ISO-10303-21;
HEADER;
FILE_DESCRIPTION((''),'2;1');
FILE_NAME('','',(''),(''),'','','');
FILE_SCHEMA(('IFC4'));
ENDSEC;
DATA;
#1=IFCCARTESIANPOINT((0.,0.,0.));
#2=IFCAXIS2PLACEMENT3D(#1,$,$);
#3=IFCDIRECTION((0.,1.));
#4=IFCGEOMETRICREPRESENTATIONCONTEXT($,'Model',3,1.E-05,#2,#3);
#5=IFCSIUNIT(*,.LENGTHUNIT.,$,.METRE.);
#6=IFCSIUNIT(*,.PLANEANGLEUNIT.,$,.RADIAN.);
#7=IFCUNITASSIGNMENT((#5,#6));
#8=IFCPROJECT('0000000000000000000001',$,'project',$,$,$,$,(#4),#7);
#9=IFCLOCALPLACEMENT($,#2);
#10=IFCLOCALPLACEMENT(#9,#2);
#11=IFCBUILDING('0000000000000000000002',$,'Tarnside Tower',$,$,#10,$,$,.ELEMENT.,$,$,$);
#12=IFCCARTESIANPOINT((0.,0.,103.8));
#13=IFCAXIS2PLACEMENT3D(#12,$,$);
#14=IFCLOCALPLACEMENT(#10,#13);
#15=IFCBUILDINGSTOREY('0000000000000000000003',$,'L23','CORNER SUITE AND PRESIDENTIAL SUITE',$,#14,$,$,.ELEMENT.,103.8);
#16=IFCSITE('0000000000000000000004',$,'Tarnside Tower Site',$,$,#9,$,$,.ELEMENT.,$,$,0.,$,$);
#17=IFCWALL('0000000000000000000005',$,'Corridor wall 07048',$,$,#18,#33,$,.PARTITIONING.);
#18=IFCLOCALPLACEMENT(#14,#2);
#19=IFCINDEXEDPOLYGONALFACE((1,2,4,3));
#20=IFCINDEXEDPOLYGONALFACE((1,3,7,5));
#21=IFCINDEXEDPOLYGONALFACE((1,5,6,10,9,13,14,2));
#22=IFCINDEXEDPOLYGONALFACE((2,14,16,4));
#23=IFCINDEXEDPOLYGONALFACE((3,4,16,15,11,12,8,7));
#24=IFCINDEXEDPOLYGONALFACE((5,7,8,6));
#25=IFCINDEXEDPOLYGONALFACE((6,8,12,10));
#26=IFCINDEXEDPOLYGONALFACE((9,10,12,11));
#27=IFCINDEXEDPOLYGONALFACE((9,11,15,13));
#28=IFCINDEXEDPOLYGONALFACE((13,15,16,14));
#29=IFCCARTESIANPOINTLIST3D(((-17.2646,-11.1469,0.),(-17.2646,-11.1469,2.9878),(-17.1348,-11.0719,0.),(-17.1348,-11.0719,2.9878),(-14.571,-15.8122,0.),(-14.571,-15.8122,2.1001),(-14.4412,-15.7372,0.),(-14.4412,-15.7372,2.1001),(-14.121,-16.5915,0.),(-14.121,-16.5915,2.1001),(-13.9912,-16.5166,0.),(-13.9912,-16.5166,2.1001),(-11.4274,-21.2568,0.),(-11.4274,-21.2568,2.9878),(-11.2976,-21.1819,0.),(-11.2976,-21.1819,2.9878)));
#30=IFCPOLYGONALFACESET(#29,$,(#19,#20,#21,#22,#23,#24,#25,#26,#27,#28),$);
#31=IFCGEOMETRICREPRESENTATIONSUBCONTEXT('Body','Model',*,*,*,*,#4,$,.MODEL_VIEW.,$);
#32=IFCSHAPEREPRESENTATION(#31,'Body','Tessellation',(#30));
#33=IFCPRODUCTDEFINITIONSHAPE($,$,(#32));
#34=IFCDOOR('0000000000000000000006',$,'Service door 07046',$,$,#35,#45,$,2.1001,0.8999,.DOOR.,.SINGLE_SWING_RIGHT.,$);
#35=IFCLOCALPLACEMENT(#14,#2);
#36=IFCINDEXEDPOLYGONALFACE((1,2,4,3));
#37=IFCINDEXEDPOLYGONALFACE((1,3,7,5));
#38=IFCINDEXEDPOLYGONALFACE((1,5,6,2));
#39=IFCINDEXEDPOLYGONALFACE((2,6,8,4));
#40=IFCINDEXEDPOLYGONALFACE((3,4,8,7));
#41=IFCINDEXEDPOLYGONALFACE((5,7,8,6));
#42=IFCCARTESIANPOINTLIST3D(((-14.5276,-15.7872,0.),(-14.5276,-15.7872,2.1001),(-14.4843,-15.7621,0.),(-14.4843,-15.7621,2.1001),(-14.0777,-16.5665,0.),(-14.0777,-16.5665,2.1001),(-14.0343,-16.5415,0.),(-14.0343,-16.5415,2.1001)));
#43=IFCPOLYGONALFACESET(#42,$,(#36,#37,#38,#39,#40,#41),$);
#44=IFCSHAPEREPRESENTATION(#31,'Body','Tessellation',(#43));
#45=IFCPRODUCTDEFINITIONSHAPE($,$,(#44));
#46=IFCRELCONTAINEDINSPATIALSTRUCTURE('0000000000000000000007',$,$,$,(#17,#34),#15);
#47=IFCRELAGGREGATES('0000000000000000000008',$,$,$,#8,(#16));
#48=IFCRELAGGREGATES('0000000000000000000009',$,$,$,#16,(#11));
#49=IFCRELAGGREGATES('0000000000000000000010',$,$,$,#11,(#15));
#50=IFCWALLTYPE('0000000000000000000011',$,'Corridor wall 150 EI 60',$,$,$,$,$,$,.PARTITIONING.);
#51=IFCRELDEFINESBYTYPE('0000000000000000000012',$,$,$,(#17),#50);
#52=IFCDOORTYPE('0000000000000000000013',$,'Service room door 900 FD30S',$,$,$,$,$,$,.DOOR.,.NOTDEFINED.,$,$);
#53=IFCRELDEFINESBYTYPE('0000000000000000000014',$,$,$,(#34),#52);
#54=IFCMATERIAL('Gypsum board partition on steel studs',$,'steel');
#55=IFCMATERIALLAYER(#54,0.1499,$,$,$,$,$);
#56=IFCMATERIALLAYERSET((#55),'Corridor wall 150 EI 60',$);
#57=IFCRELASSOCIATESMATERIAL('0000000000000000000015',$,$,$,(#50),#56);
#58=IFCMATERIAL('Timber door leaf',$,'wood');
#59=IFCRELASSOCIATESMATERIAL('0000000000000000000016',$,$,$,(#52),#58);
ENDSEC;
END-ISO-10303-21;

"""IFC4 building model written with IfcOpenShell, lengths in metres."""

from ifc_helpers import new_model, si_unit, direction, frame, frame_2d, origin, place, context, subcontext, project, spatial, rectangle, extrude, material, layer, layer_set, type_object, element, fill, save


model = new_model("IFC4")

# Units and contexts
model_context = context("Model", 3, precision=1e-05, world=origin(), true_north=direction((0.0, 1.0)))
body_context = subcontext(model_context, "Body", "Model", "MODEL_VIEW")
ifc_project = project(units=[si_unit("LENGTHUNIT", "METRE"), si_unit("PLANEANGLEUNIT", "RADIAN")], contexts=[model_context])

# Site, building, storey
site_placement = place(None, origin())
site = spatial("IfcSite", under=ifc_project, at=site_placement, Name="Tarnside Tower Site", CompositionType="ELEMENT", RefElevation=0.0)
building_placement = place(site_placement, origin())
building = spatial("IfcBuilding", under=site, at=building_placement, Name="Tarnside Tower", CompositionType="ELEMENT")
storey_placement = place(building_placement, frame((0.0, 0.0, 103.8)))
storey = spatial("IfcBuildingStorey", under=building, at=storey_placement, Name="L23", Description="CORNER SUITE AND PRESIDENTIAL SUITE", CompositionType="ELEMENT", Elevation=103.8)

# Shared definitions
ifc_material_1 = material(Name="Gypsum board partition on steel studs", Category="steel")

# Shared definitions
ifc_material_2 = material(Name="Timber door leaf", Category="wood")

# Shared definitions
ifc_layer_1 = layer(ifc_material_1, 0.1499)
ifc_layer_set_1 = layer_set([ifc_layer_1], Name="Corridor wall 150 EI 60")
wall_type_1 = type_object("IfcWallType", Name="Corridor wall 150 EI 60", PredefinedType="PARTITIONING", material=ifc_layer_set_1)

# Wall, opening, door
wall_1_placement = place(storey_placement, frame((-11.3625, -21.2192, 0.0), z_axis=(0.0, 0.0, 1.0), x_axis=(-0.500015, 0.866017, 0.0)))
wall_1 = element("IfcWall", 1, at=wall_1_placement, inside=storey, type_object=wall_type_1, Name="Corridor wall 07048", PredefinedType="PARTITIONING", context=body_context, shape_type="SweptSolid", body=[
    extrude(rectangle(XDim=11.6741, YDim=0.1499, at=frame_2d((5.8369, 0.0))), origin(), (0.0, 0.0, 1.0), 2.9878),
])
opening_1_placement = place(wall_1_placement, frame((5.387, 0.0, 0.0)))
opening_1 = element("IfcOpeningElement", 2, at=opening_1_placement, cuts=wall_1, PredefinedType="OPENING", context=body_context, shape_type="SweptSolid", body=[
    extrude(rectangle(XDim=0.8999, YDim=2.1001, at=frame_2d((0.45, 1.05))), frame((0.0, 0.085, 0.0), z_axis=(0.0, -1.0, 0.0), x_axis=(1.0, 0.0, 0.0)), (0.0, 0.0, 1.0), 0.1699),
])
door_type_1 = type_object("IfcDoorType", Name="Service room door 900 FD30S", OperationType="NOTDEFINED", PredefinedType="DOOR", material=ifc_material_2)
door_1_placement = place(opening_1_placement, origin())
door_1 = element("IfcDoor", 3, at=door_1_placement, inside=storey, type_object=door_type_1, Name="Service door 07046", OperationType="SINGLE_SWING_RIGHT", OverallHeight=2.1001, OverallWidth=0.8999, PredefinedType="DOOR", context=body_context, shape_type="SweptSolid", body=[
    extrude(rectangle(XDim=0.8999, YDim=2.1001, at=frame_2d((0.45, 1.05))), frame((0.0, 0.0249, 0.0), z_axis=(0.0, -1.0, 0.0), x_axis=(1.0, 0.0, 0.0)), (0.0, 0.0, 1.0), 0.05),
])
fill(opening_1, door_1)

save(model, "model.ifc")
